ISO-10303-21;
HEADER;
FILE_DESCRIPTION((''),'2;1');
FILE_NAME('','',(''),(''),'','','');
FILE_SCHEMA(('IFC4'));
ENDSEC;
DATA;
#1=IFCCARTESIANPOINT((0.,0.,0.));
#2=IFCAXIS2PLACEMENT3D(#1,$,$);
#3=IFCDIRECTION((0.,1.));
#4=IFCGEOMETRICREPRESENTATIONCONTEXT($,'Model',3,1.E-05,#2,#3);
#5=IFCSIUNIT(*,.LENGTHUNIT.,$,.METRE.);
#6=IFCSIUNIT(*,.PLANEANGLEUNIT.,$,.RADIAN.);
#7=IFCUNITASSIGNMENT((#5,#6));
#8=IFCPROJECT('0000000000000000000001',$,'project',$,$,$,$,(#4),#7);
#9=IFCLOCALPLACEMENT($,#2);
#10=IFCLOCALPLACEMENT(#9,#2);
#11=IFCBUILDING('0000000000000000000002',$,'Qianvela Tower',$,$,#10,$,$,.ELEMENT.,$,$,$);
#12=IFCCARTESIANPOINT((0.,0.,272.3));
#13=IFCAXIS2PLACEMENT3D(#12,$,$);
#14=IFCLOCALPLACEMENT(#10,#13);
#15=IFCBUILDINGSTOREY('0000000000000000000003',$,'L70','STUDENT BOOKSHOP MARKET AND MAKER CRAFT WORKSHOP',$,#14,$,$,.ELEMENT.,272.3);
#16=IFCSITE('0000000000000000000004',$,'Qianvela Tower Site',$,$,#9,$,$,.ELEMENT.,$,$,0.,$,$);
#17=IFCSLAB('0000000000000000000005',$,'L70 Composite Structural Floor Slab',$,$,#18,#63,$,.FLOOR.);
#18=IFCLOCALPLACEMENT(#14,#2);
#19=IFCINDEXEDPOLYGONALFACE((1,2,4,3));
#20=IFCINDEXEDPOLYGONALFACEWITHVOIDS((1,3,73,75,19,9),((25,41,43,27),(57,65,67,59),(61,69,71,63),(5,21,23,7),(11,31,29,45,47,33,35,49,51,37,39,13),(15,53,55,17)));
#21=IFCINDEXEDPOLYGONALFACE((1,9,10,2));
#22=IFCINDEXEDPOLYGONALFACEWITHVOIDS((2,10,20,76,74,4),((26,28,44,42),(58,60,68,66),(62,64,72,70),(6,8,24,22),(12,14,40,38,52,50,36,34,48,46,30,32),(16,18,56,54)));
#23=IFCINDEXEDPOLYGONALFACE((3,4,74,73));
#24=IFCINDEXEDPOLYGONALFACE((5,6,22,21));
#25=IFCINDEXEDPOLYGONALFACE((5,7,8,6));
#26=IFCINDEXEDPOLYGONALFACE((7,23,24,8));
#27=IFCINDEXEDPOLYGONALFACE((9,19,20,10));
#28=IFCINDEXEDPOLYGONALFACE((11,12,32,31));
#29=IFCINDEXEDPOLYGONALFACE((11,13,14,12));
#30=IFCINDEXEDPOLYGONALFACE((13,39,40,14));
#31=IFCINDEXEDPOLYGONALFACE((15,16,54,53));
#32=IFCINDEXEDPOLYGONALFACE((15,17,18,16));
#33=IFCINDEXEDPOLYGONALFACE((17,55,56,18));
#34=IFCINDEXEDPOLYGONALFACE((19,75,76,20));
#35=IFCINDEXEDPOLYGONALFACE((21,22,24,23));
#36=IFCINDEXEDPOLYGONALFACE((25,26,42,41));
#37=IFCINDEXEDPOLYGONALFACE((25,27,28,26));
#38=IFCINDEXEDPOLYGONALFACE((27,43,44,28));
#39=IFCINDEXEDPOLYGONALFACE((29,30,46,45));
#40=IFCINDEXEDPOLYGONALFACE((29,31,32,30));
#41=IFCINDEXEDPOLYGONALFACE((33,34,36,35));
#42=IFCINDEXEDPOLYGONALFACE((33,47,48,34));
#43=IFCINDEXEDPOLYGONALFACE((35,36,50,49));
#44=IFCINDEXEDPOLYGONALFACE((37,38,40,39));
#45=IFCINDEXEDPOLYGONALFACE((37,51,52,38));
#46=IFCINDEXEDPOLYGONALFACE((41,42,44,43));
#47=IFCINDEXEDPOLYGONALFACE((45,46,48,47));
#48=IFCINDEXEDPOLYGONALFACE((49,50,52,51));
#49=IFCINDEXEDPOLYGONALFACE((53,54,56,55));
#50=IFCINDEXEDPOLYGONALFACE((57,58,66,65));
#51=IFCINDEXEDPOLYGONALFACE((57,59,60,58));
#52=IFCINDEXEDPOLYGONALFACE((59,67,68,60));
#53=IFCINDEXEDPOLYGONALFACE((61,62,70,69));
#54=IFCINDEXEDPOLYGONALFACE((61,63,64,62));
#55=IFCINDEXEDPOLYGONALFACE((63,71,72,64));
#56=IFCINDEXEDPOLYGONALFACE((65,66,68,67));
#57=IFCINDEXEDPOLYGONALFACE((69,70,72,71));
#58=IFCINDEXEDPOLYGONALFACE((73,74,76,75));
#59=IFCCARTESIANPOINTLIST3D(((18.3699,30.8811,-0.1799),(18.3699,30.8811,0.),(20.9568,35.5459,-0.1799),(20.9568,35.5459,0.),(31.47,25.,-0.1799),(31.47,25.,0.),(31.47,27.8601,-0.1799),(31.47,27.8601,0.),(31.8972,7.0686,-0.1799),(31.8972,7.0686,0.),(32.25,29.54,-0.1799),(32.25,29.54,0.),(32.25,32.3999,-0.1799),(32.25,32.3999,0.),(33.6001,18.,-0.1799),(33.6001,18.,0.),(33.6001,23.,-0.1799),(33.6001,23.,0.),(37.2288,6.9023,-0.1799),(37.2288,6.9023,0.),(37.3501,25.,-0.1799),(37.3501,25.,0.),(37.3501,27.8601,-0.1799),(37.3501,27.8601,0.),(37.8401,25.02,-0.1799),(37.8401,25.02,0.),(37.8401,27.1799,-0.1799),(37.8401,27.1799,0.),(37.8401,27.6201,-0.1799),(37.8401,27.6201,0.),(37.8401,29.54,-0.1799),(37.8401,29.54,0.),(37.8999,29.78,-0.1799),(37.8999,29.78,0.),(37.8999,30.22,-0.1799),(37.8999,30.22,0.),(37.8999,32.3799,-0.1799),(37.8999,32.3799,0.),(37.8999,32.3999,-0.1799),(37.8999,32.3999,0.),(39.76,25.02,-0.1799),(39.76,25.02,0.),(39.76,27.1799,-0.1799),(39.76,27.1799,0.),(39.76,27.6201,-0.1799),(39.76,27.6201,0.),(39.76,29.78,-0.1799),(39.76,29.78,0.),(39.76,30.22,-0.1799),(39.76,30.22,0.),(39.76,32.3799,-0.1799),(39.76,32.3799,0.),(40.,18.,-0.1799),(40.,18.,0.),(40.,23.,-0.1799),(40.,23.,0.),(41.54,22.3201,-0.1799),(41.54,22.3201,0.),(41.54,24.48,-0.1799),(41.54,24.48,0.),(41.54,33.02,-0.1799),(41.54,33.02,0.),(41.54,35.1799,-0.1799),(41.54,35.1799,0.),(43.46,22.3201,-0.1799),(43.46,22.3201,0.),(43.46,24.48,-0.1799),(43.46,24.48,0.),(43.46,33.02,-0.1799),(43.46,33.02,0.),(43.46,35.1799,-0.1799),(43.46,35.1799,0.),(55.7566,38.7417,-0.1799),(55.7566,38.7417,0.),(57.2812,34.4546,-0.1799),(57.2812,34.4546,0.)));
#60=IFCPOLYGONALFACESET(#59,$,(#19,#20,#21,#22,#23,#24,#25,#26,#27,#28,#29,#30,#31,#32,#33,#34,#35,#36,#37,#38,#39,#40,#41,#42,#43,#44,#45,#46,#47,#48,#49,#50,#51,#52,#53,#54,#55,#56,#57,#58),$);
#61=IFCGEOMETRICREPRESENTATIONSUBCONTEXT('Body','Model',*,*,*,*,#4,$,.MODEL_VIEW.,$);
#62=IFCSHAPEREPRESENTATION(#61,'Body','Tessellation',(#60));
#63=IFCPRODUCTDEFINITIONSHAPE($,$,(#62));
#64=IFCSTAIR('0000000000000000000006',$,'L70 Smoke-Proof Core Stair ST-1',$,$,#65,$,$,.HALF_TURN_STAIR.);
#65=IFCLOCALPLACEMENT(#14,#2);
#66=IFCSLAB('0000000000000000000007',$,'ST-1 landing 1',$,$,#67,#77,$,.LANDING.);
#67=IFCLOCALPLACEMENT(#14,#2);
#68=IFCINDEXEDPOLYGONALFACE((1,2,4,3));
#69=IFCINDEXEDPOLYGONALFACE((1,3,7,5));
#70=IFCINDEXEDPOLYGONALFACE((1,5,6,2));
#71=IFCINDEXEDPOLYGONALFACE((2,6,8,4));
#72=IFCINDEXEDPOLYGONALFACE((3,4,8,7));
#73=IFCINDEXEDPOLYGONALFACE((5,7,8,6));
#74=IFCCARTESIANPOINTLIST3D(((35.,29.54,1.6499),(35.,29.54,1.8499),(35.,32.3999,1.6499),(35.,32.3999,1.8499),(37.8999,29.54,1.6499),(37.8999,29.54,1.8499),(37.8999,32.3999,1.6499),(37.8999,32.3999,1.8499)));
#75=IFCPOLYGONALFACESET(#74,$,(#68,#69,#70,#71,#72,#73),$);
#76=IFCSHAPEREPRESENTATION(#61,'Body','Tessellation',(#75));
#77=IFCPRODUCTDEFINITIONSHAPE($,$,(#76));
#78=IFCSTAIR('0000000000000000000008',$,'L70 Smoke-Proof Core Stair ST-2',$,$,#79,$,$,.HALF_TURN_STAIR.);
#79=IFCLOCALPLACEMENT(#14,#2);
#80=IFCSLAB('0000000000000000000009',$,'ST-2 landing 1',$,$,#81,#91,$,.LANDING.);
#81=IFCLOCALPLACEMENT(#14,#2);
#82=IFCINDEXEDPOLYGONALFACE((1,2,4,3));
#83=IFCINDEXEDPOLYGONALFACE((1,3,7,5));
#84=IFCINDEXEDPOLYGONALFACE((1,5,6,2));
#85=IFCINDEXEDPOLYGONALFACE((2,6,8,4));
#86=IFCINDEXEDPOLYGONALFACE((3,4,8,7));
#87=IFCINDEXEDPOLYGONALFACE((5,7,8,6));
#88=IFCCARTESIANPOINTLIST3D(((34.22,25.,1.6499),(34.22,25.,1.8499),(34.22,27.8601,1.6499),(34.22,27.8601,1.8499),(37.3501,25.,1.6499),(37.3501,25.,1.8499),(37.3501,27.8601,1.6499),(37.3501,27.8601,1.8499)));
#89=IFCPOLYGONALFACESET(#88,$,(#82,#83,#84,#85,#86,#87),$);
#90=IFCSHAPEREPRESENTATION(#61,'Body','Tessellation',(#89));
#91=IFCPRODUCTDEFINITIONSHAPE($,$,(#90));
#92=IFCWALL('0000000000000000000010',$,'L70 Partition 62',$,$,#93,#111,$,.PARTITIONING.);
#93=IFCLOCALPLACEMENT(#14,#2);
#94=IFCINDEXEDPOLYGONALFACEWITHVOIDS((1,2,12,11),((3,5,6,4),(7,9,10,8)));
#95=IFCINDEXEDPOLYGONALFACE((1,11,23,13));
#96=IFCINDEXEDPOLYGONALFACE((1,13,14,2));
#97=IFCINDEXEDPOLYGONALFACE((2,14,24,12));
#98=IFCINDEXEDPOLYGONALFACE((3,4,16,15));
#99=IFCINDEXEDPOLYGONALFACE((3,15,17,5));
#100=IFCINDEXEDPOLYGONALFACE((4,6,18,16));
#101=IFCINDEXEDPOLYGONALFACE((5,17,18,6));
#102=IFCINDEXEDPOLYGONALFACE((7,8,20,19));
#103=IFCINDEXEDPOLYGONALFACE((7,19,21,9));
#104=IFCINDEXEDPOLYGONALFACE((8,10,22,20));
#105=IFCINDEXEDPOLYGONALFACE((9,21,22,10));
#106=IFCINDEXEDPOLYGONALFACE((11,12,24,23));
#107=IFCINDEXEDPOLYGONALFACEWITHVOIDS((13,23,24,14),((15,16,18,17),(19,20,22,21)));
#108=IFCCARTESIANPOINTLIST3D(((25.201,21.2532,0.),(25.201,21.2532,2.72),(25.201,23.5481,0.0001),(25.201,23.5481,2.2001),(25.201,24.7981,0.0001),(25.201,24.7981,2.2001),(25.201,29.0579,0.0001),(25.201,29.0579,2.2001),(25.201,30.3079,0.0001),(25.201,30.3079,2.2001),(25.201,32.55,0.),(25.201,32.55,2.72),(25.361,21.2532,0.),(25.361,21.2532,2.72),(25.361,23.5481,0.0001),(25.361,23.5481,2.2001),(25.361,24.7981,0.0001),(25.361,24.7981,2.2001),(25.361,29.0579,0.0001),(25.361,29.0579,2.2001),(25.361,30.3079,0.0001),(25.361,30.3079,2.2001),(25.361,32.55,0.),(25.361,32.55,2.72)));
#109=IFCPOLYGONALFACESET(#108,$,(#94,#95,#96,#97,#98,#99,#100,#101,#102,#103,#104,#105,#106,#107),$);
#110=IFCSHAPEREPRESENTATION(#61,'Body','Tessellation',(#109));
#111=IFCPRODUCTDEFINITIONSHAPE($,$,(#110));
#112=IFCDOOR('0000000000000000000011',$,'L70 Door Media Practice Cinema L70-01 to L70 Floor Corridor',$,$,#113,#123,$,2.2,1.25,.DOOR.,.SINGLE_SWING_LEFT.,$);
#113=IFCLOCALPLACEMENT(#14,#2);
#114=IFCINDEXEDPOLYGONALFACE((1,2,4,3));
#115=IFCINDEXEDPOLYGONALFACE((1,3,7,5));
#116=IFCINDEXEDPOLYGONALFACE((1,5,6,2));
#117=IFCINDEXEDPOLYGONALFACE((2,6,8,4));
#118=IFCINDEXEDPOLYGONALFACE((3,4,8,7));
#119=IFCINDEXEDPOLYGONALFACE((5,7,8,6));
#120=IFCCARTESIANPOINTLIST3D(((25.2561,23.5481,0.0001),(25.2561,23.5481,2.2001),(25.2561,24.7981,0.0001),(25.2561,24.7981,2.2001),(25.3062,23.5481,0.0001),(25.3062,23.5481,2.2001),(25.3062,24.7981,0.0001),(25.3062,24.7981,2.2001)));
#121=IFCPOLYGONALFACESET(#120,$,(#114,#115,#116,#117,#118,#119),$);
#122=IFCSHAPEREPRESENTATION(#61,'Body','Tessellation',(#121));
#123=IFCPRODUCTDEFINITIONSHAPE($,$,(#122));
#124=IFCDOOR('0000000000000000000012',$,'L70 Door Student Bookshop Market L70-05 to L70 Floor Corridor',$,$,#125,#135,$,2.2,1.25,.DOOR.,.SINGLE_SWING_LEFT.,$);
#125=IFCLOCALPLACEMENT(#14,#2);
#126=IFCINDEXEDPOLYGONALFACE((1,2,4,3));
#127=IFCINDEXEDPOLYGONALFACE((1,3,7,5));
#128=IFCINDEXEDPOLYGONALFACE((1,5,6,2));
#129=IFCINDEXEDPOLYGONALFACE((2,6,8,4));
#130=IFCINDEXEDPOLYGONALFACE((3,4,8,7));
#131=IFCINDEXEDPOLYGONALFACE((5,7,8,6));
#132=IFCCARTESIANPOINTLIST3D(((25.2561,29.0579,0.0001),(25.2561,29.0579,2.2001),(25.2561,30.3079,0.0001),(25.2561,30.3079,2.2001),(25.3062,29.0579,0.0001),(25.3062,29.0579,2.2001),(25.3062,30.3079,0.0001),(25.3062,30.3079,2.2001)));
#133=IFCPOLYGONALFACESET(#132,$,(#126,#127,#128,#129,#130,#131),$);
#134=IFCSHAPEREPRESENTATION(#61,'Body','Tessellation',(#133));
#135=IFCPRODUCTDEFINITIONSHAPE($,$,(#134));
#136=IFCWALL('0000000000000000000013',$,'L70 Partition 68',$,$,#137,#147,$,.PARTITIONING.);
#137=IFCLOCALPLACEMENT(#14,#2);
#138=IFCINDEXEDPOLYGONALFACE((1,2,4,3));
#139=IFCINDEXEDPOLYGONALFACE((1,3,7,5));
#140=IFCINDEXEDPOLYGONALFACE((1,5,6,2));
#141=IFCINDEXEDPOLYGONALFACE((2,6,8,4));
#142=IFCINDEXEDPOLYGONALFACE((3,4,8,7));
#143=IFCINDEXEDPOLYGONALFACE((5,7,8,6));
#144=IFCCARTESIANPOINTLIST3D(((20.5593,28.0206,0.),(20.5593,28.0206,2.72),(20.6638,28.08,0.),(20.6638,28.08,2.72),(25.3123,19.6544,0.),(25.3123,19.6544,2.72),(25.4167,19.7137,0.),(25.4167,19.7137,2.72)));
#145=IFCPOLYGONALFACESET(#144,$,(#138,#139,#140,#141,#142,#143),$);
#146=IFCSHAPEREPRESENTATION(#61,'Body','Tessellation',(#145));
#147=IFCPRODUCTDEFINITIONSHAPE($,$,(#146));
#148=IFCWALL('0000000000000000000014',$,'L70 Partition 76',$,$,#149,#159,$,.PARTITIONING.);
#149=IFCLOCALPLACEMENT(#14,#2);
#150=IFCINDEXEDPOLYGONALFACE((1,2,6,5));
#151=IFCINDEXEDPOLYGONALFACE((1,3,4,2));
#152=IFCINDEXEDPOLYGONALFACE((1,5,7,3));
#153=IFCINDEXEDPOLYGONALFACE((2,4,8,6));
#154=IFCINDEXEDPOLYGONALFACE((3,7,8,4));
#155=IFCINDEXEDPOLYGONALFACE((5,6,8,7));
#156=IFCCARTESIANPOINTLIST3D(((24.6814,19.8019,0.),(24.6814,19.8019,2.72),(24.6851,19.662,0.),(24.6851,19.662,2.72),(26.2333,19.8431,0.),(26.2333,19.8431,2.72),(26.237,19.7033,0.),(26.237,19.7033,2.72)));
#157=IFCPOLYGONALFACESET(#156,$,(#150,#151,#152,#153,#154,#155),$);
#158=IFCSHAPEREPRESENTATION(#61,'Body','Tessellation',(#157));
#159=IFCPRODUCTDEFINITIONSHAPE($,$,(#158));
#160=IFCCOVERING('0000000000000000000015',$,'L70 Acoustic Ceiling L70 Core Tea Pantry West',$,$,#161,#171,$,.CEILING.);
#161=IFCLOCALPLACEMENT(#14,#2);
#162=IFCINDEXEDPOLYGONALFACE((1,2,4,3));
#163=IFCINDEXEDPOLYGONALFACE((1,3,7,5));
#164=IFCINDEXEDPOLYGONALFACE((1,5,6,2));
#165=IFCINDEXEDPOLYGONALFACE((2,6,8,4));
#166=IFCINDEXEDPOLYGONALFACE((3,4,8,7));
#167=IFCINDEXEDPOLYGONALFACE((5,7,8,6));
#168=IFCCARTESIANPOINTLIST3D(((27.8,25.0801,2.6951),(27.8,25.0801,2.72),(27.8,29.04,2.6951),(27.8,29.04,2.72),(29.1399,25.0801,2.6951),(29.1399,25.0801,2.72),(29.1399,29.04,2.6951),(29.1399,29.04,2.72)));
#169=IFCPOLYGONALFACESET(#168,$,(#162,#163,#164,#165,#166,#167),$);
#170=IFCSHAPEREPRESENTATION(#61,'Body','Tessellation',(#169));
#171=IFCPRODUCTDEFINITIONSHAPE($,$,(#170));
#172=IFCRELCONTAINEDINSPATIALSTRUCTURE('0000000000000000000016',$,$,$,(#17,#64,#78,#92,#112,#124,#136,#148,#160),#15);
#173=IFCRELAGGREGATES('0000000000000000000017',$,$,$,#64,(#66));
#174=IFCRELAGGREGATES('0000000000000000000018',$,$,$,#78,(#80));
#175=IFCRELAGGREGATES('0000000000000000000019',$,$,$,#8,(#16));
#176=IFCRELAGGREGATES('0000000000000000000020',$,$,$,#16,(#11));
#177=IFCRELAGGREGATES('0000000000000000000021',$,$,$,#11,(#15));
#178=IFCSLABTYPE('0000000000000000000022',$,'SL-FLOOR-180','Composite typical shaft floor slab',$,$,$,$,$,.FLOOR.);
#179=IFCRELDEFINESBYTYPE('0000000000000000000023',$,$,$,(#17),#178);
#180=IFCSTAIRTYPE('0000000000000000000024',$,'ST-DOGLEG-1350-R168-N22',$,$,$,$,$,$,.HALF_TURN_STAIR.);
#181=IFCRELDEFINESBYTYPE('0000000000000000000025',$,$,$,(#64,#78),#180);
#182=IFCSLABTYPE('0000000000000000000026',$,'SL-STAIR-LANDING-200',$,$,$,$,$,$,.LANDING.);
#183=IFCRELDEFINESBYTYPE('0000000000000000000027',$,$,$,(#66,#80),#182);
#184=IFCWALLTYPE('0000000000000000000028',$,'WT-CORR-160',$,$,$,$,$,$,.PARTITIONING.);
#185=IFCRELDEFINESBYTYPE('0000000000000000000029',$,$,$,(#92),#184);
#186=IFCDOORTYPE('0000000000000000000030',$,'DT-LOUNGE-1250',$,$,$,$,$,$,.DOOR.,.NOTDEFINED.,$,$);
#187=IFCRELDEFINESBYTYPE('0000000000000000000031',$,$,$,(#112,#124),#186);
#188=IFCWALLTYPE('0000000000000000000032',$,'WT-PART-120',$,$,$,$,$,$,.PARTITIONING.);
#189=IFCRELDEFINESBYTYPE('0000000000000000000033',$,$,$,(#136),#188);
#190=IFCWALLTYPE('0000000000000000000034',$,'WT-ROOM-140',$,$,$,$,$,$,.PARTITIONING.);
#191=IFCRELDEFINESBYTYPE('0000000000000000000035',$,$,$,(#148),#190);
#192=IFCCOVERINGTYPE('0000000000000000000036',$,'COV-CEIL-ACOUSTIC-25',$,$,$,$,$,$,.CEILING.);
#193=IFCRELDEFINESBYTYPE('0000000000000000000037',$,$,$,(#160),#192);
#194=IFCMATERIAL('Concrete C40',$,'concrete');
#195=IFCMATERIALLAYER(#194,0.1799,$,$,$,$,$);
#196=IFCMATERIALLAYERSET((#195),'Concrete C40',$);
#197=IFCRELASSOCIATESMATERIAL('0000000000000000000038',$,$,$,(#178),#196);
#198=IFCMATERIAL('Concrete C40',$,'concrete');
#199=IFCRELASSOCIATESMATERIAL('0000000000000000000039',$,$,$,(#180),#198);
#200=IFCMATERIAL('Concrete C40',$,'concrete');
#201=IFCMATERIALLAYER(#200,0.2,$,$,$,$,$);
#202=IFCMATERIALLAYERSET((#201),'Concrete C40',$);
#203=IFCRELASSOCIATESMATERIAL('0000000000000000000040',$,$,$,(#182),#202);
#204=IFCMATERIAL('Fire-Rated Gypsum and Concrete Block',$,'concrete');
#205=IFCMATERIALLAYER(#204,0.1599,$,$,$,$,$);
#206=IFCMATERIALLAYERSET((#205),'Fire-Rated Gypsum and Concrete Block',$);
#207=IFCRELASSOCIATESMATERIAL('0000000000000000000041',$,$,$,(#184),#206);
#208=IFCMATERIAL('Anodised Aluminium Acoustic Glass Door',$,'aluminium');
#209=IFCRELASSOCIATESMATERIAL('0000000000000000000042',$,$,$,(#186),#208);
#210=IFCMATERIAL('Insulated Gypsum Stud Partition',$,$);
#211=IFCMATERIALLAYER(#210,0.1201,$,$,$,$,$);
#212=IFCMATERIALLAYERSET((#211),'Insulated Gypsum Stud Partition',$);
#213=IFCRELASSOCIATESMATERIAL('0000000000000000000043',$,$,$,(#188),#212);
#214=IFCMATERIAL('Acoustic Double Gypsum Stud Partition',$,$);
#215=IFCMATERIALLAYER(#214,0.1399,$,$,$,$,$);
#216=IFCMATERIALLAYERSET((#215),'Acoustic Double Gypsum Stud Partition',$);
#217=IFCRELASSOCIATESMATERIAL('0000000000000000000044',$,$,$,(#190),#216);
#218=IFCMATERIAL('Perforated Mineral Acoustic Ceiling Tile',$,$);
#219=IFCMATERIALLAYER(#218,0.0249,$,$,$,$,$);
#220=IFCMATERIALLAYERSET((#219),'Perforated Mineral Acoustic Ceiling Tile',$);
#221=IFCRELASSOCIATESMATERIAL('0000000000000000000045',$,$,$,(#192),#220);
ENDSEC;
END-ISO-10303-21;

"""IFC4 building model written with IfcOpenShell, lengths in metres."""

from ifc_helpers import new_model, si_unit, direction, frame, frame_2d, origin, place, context, subcontext, project, spatial, polyline, rectangle, outline, extrude, material, layer, layer_set, type_object, element, fill, aggregate, save


model = new_model("IFC4")

# Units and contexts
model_context = context("Model", 3, precision=1e-05, world=origin(), true_north=direction((0.0, 1.0)))
body_context = subcontext(model_context, "Body", "Model", "MODEL_VIEW")
ifc_project = project(units=[si_unit("LENGTHUNIT", "METRE"), si_unit("PLANEANGLEUNIT", "RADIAN")], contexts=[model_context])

# Site, building, storey
site_placement = place(None, origin())
site = spatial("IfcSite", under=ifc_project, at=site_placement, Name="Qianvela Tower Site", CompositionType="ELEMENT", RefElevation=0.0)
building_placement = place(site_placement, origin())
building = spatial("IfcBuilding", under=site, at=building_placement, Name="Qianvela Tower", CompositionType="ELEMENT")
storey_placement = place(building_placement, frame((0.0, 0.0, 272.3)))
storey = spatial("IfcBuildingStorey", under=building, at=storey_placement, Name="L70", Description="STUDENT BOOKSHOP MARKET AND MAKER CRAFT WORKSHOP", CompositionType="ELEMENT", Elevation=272.3)

# Slab
ifc_material_1 = material(Name="Concrete C40", Category="concrete")
ifc_layer_1 = layer(ifc_material_1, 0.1799)
ifc_layer_set_1 = layer_set([ifc_layer_1], Name="Concrete C40")
slab_type_1 = type_object("IfcSlabType", Name="SL-FLOOR-180", Description="Composite typical shaft floor slab", PredefinedType="FLOOR", material=ifc_layer_set_1)
slab_1_placement = place(storey_placement, frame((0.0, 0.0, -0.1799)))
element("IfcSlab", 1, at=slab_1_placement, inside=storey, type_object=slab_type_1, Name="L70 Composite Structural Floor Slab", PredefinedType="FLOOR", context=body_context, shape_type="SweptSolid", body=[
    extrude(outline(polyline([(57.2812, 34.4546), (55.7566, 38.7417), (20.9568, 35.5459), (18.3699, 30.8811), (31.8972, 7.0686), (37.2288, 6.9023), (57.2812, 34.4546)]), holes=[polyline([(40.0, 23.0), (33.6001, 23.0), (33.6001, 18.0), (40.0, 18.0), (40.0, 23.0)]), polyline([(43.46, 24.48), (41.54, 24.48), (41.54, 22.3201), (43.46, 22.3201), (43.46, 24.48)]), polyline([(39.76, 27.1799), (37.8401, 27.1799), (37.8401, 25.02), (39.76, 25.02), (39.76, 27.1799)]), polyline([(37.3501, 27.8601), (31.47, 27.8601), (31.47, 25.0), (37.3501, 25.0), (37.3501, 27.8601)]), polyline([(39.76, 27.6201), (39.76, 29.78), (37.8999, 29.78), (37.8999, 30.22), (39.76, 30.22), (39.76, 32.3799), (37.8999, 32.3799), (37.8999, 32.3999), (32.25, 32.3999), (32.25, 29.54), (37.8401, 29.54), (37.8401, 27.6201), (39.76, 27.6201)]), polyline([(43.46, 35.1799), (41.54, 35.1799), (41.54, 33.02), (43.46, 33.02), (43.46, 35.1799)])]), origin(), (0.0, 0.0, 1.0), 0.1799),
])

# Stairs, slabs
ifc_material_2 = material(Name="Concrete C40", Category="concrete")
stair_type = type_object("IfcStairType", Name="ST-DOGLEG-1350-R168-N22", PredefinedType="HALF_TURN_STAIR", material=ifc_material_2)
stair_1_placement = place(storey_placement, origin())
stair_1 = element("IfcStair", 2, at=stair_1_placement, inside=storey, type_object=stair_type, Name="L70 Smoke-Proof Core Stair ST-1", PredefinedType="HALF_TURN_STAIR")
ifc_material_3 = material(Name="Concrete C40", Category="concrete")
ifc_layer_2 = layer(ifc_material_3, 0.2)
ifc_layer_set_2 = layer_set([ifc_layer_2], Name="Concrete C40")
slab_type_2 = type_object("IfcSlabType", Name="SL-STAIR-LANDING-200", PredefinedType="LANDING", material=ifc_layer_set_2)
slab_2_placement = place(storey_placement, frame((0.0, 0.0, 1.6499)))
slab_2 = element("IfcSlab", 3, at=slab_2_placement, type_object=slab_type_2, Name="ST-1 landing 1", PredefinedType="LANDING", context=body_context, shape_type="SweptSolid", body=[
    extrude(outline(polyline([(35.0, 29.54), (37.8999, 29.54), (37.8999, 32.3999), (35.0, 32.3999), (35.0, 29.54)])), origin(), (0.0, 0.0, 1.0), 0.2),
])
aggregate(stair_1, [slab_2])
stair_2_placement = place(storey_placement, origin())
stair_2 = element("IfcStair", 4, at=stair_2_placement, inside=storey, type_object=stair_type, Name="L70 Smoke-Proof Core Stair ST-2", PredefinedType="HALF_TURN_STAIR")
slab_3_placement = place(storey_placement, frame((0.0, 0.0, 1.6499)))
slab_3 = element("IfcSlab", 5, at=slab_3_placement, type_object=slab_type_2, Name="ST-2 landing 1", PredefinedType="LANDING", context=body_context, shape_type="SweptSolid", body=[
    extrude(outline(polyline([(34.22, 25.0), (37.3501, 25.0), (37.3501, 27.8601), (34.22, 27.8601), (34.22, 25.0)])), origin(), (0.0, 0.0, 1.0), 0.2),
])
aggregate(stair_2, [slab_3])

# Wall, openings, doors
ifc_material_4 = material(Name="Fire-Rated Gypsum and Concrete Block", Category="concrete")
ifc_layer_3 = layer(ifc_material_4, 0.1599)
ifc_layer_set_3 = layer_set([ifc_layer_3], Name="Fire-Rated Gypsum and Concrete Block")
wall_type_1 = type_object("IfcWallType", Name="WT-CORR-160", PredefinedType="PARTITIONING", material=ifc_layer_set_3)
wall_1_placement = place(storey_placement, frame((25.281, 21.2532, 0.0), z_axis=(0.0, 0.0, 1.0), x_axis=(0.0, 1.0, 0.0)))
wall_1 = element("IfcWall", 6, at=wall_1_placement, inside=storey, type_object=wall_type_1, Name="L70 Partition 62", PredefinedType="PARTITIONING", context=body_context, shape_type="SweptSolid", body=[
    extrude(rectangle(XDim=11.2969, YDim=0.1599, at=frame_2d((5.6484, 0.0))), origin(), (0.0, 0.0, 1.0), 2.72),
])
opening_1_placement = place(wall_1_placement, frame((2.2949, 0.0, 0.0)))
opening_1 = element("IfcOpeningElement", 7, at=opening_1_placement, cuts=wall_1, PredefinedType="OPENING", context=body_context, shape_type="SweptSolid", body=[
    extrude(rectangle(XDim=1.25, YDim=2.2, at=frame_2d((0.625, 1.1001))), frame((0.0, 0.0898, 0.0), z_axis=(0.0, -1.0, 0.0), x_axis=(1.0, 0.0, 0.0)), (0.0, 0.0, 1.0), 0.1799),
])
opening_2_placement = place(wall_1_placement, frame((7.8047, 0.0, 0.0)))
opening_2 = element("IfcOpeningElement", 8, at=opening_2_placement, cuts=wall_1, PredefinedType="OPENING", context=body_context, shape_type="SweptSolid", body=[
    extrude(rectangle(XDim=1.25, YDim=2.2, at=frame_2d((0.625, 1.1001))), frame((0.0, 0.0898, 0.0), z_axis=(0.0, -1.0, 0.0), x_axis=(1.0, 0.0, 0.0)), (0.0, 0.0, 1.0), 0.1799),
])
ifc_material_5 = material(Name="Anodised Aluminium Acoustic Glass Door", Category="aluminium")
door_type = type_object("IfcDoorType", Name="DT-LOUNGE-1250", OperationType="NOTDEFINED", PredefinedType="DOOR", material=ifc_material_5)
door_1_placement = place(opening_1_placement, origin())
door_1 = element("IfcDoor", 9, at=door_1_placement, inside=storey, type_object=door_type, Name="L70 Door Media Practice Cinema L70-01 to L70 Floor Corridor", OperationType="SINGLE_SWING_LEFT", OverallHeight=2.2, OverallWidth=1.25, PredefinedType="DOOR", context=body_context, shape_type="SweptSolid", body=[
    extrude(rectangle(XDim=1.25, YDim=2.2, at=frame_2d((0.625, 1.1001))), frame((0.0, 0.0249, 0.0), z_axis=(0.0, -1.0, 0.0), x_axis=(1.0, 0.0, 0.0)), (0.0, 0.0, 1.0), 0.05),
])
fill(opening_1, door_1)
door_2_placement = place(opening_2_placement, origin())
door_2 = element("IfcDoor", 10, at=door_2_placement, inside=storey, type_object=door_type, Name="L70 Door Student Bookshop Market L70-05 to L70 Floor Corridor", OperationType="SINGLE_SWING_LEFT", OverallHeight=2.2, OverallWidth=1.25, PredefinedType="DOOR", context=body_context, shape_type="SweptSolid", body=[
    extrude(rectangle(XDim=1.25, YDim=2.2, at=frame_2d((0.625, 1.1001))), frame((0.0, 0.0249, 0.0), z_axis=(0.0, -1.0, 0.0), x_axis=(1.0, 0.0, 0.0)), (0.0, 0.0, 1.0), 0.05),
])
fill(opening_2, door_2)

# Walls
ifc_material_6 = material(Name="Insulated Gypsum Stud Partition")
ifc_layer_4 = layer(ifc_material_6, 0.1201)
ifc_layer_set_4 = layer_set([ifc_layer_4], Name="Insulated Gypsum Stud Partition")
wall_type_2 = type_object("IfcWallType", Name="WT-PART-120", PredefinedType="PARTITIONING", material=ifc_layer_set_4)
wall_2_placement = place(storey_placement, frame((25.3645, 19.6841, 0.0), z_axis=(0.0, 0.0, 1.0), x_axis=(-0.493962, 0.869483, 0.0)))
element("IfcWall", 11, at=wall_2_placement, inside=storey, type_object=wall_type_2, Name="L70 Partition 68", PredefinedType="PARTITIONING", context=body_context, shape_type="SweptSolid", body=[
    extrude(rectangle(XDim=9.6221, YDim=0.1201, at=frame_2d((4.811, 0.0))), origin(), (0.0, 0.0, 1.0), 2.72),
])
ifc_material_7 = material(Name="Acoustic Double Gypsum Stud Partition")
ifc_layer_5 = layer(ifc_material_7, 0.1399)
ifc_layer_set_5 = layer_set([ifc_layer_5], Name="Acoustic Double Gypsum Stud Partition")
wall_type_3 = type_object("IfcWallType", Name="WT-ROOM-140", PredefinedType="PARTITIONING", material=ifc_layer_set_5)
wall_3_placement = place(storey_placement, frame((24.6831, 19.7319, 0.0), z_axis=(0.0, 0.0, 1.0), x_axis=(0.999647, 0.026575, 0.0)))
element("IfcWall", 12, at=wall_3_placement, inside=storey, type_object=wall_type_3, Name="L70 Partition 76", PredefinedType="PARTITIONING", context=body_context, shape_type="SweptSolid", body=[
    extrude(rectangle(XDim=1.5525, YDim=0.1399, at=frame_2d((0.7764, 0.0))), origin(), (0.0, 0.0, 1.0), 2.72),
])

# Covering
ifc_material_8 = material(Name="Perforated Mineral Acoustic Ceiling Tile")
ifc_layer_6 = layer(ifc_material_8, 0.0249)
ifc_layer_set_6 = layer_set([ifc_layer_6], Name="Perforated Mineral Acoustic Ceiling Tile")
covering_type_1 = type_object("IfcCoveringType", Name="COV-CEIL-ACOUSTIC-25", PredefinedType="CEILING", material=ifc_layer_set_6)
covering_1_placement = place(storey_placement, frame((0.0, 0.0, 2.6951)))
element("IfcCovering", 13, at=covering_1_placement, inside=storey, type_object=covering_type_1, Name="L70 Acoustic Ceiling L70 Core Tea Pantry West", PredefinedType="CEILING", context=body_context, shape_type="SweptSolid", body=[
    extrude(outline(polyline([(27.8, 25.0801), (27.8, 29.04), (29.1399, 29.04), (29.1399, 25.0801), (27.8, 25.0801)])), origin(), (0.0, 0.0, 1.0), 0.0249),
])

save(model, "model.ifc")
